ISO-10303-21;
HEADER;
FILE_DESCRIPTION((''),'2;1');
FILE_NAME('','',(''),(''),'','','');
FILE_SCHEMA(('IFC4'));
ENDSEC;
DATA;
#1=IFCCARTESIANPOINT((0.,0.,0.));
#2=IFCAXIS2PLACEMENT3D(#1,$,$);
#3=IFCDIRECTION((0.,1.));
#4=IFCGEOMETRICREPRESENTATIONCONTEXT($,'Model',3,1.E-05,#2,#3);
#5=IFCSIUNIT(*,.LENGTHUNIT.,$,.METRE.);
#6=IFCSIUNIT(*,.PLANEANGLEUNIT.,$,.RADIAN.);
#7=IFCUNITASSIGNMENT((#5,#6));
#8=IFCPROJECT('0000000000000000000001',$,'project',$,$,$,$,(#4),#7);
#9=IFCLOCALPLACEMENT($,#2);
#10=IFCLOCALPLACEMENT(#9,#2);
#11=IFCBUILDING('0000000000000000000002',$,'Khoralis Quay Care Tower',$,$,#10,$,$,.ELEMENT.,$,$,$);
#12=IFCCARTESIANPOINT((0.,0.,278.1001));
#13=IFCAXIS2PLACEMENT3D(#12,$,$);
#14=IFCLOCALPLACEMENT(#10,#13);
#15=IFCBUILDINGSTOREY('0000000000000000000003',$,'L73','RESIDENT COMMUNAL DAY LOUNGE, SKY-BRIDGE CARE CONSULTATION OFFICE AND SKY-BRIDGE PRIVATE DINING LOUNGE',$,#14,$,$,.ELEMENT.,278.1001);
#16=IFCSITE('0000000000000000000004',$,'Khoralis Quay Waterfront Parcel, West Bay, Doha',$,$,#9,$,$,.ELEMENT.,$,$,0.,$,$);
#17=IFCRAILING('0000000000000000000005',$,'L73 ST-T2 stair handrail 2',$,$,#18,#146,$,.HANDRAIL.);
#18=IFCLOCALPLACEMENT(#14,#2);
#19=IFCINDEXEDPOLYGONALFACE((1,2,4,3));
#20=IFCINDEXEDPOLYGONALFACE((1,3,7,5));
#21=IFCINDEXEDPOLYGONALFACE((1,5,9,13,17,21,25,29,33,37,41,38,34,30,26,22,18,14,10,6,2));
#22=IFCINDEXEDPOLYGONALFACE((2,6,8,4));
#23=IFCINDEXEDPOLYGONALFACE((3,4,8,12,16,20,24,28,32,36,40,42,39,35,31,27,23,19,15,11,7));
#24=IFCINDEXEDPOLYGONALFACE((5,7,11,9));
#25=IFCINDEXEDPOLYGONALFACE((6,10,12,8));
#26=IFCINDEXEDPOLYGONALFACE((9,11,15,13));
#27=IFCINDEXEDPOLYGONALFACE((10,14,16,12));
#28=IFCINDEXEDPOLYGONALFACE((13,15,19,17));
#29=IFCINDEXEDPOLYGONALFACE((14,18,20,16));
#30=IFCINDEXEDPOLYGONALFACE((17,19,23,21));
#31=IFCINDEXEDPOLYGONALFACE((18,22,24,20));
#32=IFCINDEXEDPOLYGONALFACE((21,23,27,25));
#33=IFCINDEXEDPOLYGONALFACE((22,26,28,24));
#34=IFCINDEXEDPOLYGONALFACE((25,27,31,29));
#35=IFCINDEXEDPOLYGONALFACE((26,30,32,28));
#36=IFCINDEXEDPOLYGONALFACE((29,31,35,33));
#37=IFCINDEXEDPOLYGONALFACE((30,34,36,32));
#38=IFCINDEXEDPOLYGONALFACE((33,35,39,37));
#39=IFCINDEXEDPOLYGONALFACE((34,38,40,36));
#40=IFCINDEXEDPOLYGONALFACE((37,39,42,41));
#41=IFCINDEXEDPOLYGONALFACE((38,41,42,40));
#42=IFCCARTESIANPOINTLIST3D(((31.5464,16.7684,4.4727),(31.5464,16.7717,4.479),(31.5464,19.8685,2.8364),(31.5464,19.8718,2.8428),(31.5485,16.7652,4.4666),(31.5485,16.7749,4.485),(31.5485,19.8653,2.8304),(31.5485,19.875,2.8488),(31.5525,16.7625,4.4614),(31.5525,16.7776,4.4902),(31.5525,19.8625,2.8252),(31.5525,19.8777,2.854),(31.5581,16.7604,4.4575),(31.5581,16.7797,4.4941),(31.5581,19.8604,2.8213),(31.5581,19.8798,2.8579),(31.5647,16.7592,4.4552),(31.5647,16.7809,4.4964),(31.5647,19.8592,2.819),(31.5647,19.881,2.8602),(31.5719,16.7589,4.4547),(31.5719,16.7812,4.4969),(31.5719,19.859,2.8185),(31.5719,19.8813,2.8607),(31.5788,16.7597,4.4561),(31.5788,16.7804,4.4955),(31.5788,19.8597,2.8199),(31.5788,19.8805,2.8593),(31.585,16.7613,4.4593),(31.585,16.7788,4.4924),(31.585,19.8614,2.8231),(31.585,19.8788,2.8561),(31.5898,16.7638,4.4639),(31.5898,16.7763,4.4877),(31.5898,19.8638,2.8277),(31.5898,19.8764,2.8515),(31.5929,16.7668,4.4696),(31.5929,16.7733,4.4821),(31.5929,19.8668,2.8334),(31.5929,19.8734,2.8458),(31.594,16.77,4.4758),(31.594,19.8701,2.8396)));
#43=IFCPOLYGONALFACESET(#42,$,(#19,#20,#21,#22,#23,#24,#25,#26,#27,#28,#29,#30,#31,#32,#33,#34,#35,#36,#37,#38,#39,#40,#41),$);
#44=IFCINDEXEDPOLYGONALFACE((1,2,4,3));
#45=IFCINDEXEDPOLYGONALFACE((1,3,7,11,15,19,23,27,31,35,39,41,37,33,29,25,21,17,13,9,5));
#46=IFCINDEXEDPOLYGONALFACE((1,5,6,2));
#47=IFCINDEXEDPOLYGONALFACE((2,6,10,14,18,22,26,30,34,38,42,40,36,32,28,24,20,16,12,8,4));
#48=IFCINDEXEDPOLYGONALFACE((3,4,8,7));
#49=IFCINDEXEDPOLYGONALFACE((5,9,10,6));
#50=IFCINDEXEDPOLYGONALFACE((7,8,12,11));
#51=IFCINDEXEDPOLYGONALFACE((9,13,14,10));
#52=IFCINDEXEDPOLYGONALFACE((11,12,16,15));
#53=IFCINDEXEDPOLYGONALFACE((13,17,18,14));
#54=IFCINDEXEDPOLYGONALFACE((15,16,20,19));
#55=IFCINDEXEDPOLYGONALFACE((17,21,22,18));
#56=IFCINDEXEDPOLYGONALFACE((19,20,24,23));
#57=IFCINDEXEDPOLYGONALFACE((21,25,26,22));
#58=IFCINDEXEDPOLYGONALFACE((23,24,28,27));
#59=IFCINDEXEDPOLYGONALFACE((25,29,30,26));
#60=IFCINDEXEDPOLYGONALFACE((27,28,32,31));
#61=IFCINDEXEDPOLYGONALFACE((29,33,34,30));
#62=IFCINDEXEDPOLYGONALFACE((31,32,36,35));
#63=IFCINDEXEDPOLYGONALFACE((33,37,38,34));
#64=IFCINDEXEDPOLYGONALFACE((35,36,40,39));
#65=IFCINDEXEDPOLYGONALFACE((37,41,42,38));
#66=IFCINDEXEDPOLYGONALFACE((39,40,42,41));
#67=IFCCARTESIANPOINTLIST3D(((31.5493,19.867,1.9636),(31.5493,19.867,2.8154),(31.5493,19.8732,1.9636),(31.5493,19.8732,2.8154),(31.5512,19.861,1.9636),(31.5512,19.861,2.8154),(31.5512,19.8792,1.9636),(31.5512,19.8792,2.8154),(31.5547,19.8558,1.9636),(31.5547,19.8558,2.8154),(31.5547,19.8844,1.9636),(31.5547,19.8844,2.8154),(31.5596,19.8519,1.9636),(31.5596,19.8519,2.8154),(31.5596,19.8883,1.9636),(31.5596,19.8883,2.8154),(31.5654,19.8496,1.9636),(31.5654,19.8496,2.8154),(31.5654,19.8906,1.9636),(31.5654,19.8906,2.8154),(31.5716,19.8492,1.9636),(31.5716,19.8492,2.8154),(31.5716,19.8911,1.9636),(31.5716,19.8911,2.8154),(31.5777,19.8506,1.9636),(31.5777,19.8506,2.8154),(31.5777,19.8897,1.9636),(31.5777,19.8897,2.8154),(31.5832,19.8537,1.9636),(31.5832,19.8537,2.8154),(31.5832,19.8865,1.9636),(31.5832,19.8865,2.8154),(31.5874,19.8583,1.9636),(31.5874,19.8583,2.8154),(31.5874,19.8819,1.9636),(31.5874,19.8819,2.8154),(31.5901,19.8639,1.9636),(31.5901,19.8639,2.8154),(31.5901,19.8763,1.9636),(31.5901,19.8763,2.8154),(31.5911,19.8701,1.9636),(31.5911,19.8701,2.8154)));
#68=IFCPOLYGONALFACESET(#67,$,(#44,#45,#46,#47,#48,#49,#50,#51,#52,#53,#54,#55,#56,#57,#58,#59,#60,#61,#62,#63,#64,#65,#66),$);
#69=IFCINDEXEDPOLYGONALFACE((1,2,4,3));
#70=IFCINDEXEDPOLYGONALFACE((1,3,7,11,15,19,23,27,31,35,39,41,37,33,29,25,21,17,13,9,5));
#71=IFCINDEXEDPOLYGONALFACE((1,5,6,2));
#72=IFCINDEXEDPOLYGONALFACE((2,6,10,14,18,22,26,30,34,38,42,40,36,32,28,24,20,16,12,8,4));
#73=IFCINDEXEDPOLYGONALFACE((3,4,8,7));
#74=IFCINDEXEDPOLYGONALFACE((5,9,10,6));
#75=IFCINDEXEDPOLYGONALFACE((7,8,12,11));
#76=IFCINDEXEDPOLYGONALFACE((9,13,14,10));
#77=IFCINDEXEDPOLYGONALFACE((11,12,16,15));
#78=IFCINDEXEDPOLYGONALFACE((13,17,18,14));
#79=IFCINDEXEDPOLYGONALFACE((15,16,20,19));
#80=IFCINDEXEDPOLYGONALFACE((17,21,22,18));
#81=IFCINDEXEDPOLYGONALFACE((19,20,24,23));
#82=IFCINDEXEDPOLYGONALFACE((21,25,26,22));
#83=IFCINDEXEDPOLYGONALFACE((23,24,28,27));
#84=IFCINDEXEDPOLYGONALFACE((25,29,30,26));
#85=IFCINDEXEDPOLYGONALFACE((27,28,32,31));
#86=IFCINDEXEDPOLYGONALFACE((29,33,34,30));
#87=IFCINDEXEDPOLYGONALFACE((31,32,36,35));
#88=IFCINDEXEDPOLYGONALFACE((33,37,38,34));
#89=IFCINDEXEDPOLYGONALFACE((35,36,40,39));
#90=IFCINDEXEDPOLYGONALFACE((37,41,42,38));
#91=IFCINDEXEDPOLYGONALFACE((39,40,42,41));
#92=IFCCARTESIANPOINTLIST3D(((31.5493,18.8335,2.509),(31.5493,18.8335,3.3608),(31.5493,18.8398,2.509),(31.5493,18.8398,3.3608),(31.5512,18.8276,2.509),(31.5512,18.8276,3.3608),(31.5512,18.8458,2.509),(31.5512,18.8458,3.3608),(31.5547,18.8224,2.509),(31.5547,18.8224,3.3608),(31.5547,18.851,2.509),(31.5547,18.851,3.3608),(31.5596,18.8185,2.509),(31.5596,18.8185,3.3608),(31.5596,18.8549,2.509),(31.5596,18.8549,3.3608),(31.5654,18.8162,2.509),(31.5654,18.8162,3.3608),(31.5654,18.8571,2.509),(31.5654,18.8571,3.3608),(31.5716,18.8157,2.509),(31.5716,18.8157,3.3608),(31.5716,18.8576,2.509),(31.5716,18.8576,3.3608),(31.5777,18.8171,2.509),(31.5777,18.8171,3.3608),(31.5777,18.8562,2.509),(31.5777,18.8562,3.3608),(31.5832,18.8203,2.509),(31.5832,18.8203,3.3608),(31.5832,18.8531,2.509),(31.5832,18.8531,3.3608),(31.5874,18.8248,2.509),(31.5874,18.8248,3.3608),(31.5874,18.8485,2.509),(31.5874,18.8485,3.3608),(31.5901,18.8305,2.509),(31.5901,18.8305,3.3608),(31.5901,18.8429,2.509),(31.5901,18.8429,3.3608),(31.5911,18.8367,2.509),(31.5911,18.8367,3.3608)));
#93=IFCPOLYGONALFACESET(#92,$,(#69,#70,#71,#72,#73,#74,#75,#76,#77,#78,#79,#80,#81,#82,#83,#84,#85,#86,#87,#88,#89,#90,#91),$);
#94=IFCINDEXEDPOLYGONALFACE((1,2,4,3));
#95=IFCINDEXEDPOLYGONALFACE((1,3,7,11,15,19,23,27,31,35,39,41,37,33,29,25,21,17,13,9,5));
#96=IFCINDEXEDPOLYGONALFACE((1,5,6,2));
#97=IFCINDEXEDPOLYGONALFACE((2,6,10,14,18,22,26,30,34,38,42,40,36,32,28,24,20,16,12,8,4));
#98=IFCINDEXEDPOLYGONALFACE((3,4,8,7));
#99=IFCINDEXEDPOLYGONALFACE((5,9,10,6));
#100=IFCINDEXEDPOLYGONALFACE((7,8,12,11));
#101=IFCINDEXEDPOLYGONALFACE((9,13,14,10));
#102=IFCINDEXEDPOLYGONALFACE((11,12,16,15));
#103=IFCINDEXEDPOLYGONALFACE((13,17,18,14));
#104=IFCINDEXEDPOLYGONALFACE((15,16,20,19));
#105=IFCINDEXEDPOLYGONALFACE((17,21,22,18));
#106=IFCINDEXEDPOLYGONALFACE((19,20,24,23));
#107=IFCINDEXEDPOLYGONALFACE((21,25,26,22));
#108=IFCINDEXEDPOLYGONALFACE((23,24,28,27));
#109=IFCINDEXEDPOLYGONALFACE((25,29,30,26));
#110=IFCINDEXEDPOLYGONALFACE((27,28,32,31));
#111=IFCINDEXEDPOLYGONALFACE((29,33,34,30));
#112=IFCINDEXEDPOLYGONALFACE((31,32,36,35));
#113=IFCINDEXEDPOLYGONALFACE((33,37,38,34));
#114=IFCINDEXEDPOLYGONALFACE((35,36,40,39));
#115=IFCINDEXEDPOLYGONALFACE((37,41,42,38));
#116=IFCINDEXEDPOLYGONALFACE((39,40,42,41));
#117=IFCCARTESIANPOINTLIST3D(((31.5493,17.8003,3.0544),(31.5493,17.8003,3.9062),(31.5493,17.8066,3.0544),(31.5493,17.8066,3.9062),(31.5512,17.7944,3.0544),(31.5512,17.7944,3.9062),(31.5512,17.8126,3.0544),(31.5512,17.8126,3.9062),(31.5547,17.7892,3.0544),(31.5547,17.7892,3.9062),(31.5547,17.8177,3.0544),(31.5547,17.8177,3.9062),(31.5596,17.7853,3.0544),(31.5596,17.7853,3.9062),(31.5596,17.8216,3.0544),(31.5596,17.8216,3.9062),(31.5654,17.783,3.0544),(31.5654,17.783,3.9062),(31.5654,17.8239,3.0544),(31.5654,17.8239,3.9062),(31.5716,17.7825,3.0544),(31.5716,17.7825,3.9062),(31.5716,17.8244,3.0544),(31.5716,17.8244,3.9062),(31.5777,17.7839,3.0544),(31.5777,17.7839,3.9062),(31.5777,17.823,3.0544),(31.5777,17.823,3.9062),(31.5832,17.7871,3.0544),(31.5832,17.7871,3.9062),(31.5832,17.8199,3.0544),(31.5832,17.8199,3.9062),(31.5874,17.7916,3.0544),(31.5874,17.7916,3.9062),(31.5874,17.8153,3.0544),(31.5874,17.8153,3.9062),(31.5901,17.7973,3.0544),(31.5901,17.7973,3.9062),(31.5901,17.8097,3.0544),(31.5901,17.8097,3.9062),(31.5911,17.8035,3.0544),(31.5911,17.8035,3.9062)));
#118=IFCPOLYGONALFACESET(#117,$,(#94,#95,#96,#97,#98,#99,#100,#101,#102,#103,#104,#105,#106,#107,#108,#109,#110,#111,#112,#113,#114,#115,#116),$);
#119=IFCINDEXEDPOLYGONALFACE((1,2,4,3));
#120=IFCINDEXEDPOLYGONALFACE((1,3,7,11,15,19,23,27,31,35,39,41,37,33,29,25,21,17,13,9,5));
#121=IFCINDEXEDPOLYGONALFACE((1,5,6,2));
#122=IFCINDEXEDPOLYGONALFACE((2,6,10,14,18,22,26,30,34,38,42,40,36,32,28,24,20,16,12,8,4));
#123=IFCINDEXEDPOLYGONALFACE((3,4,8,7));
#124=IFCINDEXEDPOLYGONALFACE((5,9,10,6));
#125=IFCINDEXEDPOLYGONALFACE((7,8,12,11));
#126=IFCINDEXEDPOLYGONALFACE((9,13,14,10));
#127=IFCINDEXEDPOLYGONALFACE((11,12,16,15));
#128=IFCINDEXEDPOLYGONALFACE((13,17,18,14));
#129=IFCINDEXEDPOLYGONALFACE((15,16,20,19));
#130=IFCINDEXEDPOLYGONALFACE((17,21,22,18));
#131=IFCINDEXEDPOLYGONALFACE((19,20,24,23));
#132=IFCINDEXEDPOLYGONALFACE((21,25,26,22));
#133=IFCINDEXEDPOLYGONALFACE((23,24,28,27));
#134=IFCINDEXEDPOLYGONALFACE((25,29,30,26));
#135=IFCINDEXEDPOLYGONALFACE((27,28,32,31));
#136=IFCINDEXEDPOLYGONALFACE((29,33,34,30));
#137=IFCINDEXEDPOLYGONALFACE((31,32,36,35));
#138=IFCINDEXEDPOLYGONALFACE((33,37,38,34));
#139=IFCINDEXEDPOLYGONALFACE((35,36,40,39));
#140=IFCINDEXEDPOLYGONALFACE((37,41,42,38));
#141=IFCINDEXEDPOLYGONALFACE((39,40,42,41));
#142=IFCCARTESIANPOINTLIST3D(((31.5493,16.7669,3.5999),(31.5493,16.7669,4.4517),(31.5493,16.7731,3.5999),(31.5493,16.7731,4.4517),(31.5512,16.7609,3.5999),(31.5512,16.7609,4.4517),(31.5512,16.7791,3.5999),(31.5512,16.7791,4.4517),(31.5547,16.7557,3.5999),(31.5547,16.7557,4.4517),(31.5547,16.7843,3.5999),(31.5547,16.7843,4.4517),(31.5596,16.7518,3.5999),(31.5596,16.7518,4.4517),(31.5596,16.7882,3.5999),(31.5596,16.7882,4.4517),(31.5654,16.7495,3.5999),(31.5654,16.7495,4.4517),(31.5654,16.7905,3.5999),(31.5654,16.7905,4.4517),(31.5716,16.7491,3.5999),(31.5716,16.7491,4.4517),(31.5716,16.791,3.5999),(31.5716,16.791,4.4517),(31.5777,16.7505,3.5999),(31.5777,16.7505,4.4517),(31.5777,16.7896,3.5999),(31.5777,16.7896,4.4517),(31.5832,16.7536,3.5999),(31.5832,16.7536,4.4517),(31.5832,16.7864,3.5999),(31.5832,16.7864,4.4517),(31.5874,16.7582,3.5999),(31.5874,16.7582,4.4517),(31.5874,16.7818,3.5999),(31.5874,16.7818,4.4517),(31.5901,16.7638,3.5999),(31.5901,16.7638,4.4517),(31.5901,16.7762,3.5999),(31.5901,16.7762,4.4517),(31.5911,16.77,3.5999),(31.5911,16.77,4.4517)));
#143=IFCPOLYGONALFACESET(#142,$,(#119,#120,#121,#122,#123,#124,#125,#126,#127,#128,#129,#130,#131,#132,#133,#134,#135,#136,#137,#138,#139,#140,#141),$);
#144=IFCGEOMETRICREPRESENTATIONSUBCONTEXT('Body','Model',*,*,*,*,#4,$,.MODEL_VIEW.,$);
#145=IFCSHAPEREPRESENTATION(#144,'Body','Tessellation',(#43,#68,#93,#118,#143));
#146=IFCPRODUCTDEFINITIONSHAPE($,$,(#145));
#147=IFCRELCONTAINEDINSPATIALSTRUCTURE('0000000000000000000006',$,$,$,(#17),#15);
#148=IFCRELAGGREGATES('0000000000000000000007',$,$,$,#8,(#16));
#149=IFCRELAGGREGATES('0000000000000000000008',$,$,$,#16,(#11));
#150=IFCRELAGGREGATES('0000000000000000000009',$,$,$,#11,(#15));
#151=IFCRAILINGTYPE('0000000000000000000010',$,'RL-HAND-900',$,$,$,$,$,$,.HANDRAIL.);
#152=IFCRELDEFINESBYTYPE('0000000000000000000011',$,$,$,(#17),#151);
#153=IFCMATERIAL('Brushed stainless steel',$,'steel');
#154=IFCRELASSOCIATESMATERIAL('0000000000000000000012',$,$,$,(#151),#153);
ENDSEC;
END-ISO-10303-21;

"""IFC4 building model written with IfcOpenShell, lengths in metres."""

from ifc_helpers import new_model, si_unit, direction, frame, origin, origin_2d, place, context, subcontext, project, spatial, circle, extrude, material, type_object, element, save


model = new_model("IFC4")

# Units and contexts
model_context = context("Model", 3, precision=1e-05, world=origin(), true_north=direction((0.0, 1.0)))
body_context = subcontext(model_context, "Body", "Model", "MODEL_VIEW")
ifc_project = project(units=[si_unit("LENGTHUNIT", "METRE"), si_unit("PLANEANGLEUNIT", "RADIAN")], contexts=[model_context])

# Site, building, storey
site_placement = place(None, origin())
site = spatial("IfcSite", under=ifc_project, at=site_placement, Name="Khoralis Quay Waterfront Parcel, West Bay, Doha", CompositionType="ELEMENT", RefElevation=0.0)
building_placement = place(site_placement, origin())
building = spatial("IfcBuilding", under=site, at=building_placement, Name="Khoralis Quay Care Tower", CompositionType="ELEMENT")
storey_placement = place(building_placement, frame((0.0, 0.0, 278.1001)))
storey = spatial("IfcBuildingStorey", under=building, at=storey_placement, Name="L73", Description="RESIDENT COMMUNAL DAY LOUNGE, SKY-BRIDGE CARE CONSULTATION OFFICE AND SKY-BRIDGE PRIVATE DINING LOUNGE", CompositionType="ELEMENT", Elevation=278.1001)

# Shared definitions
ifc_material_1 = material(Name="Brushed stainless steel", Category="steel")

# Railing
railing_type_1 = type_object("IfcRailingType", Name="RL-HAND-900", PredefinedType="HANDRAIL", material=ifc_material_1)
railing_1_placement = place(storey_placement, frame((31.5701, 19.8701, 1.9636)))
element("IfcRailing", 1, at=railing_1_placement, inside=storey, type_object=railing_type_1, Name="L73 ST-T2 stair handrail 2", PredefinedType="HANDRAIL", context=body_context, shape_type="SweptSolid", body=[
    extrude(circle(Radius=0.0239, at=origin_2d()), frame((0.0, 0.0, 0.876), z_axis=(0.0, -0.884377, 0.466774), x_axis=(1.0, 0.0, 0.0)), (0.0, 0.0, 1.0), 3.5054),
    extrude(circle(Radius=0.021, at=origin_2d()), origin(), (0.0, 0.0, 1.0), 0.8518),
    extrude(circle(Radius=0.021, at=origin_2d()), frame((0.0, -1.0334, 0.5454)), (0.0, 0.0, 1.0), 0.8518),
    extrude(circle(Radius=0.021, at=origin_2d()), frame((0.0, -2.0667, 1.0908)), (0.0, 0.0, 1.0), 0.8518),
    extrude(circle(Radius=0.021, at=origin_2d()), frame((0.0, -3.1001, 1.6362)), (0.0, 0.0, 1.0), 0.8518),
])

save(model, "model.ifc")
